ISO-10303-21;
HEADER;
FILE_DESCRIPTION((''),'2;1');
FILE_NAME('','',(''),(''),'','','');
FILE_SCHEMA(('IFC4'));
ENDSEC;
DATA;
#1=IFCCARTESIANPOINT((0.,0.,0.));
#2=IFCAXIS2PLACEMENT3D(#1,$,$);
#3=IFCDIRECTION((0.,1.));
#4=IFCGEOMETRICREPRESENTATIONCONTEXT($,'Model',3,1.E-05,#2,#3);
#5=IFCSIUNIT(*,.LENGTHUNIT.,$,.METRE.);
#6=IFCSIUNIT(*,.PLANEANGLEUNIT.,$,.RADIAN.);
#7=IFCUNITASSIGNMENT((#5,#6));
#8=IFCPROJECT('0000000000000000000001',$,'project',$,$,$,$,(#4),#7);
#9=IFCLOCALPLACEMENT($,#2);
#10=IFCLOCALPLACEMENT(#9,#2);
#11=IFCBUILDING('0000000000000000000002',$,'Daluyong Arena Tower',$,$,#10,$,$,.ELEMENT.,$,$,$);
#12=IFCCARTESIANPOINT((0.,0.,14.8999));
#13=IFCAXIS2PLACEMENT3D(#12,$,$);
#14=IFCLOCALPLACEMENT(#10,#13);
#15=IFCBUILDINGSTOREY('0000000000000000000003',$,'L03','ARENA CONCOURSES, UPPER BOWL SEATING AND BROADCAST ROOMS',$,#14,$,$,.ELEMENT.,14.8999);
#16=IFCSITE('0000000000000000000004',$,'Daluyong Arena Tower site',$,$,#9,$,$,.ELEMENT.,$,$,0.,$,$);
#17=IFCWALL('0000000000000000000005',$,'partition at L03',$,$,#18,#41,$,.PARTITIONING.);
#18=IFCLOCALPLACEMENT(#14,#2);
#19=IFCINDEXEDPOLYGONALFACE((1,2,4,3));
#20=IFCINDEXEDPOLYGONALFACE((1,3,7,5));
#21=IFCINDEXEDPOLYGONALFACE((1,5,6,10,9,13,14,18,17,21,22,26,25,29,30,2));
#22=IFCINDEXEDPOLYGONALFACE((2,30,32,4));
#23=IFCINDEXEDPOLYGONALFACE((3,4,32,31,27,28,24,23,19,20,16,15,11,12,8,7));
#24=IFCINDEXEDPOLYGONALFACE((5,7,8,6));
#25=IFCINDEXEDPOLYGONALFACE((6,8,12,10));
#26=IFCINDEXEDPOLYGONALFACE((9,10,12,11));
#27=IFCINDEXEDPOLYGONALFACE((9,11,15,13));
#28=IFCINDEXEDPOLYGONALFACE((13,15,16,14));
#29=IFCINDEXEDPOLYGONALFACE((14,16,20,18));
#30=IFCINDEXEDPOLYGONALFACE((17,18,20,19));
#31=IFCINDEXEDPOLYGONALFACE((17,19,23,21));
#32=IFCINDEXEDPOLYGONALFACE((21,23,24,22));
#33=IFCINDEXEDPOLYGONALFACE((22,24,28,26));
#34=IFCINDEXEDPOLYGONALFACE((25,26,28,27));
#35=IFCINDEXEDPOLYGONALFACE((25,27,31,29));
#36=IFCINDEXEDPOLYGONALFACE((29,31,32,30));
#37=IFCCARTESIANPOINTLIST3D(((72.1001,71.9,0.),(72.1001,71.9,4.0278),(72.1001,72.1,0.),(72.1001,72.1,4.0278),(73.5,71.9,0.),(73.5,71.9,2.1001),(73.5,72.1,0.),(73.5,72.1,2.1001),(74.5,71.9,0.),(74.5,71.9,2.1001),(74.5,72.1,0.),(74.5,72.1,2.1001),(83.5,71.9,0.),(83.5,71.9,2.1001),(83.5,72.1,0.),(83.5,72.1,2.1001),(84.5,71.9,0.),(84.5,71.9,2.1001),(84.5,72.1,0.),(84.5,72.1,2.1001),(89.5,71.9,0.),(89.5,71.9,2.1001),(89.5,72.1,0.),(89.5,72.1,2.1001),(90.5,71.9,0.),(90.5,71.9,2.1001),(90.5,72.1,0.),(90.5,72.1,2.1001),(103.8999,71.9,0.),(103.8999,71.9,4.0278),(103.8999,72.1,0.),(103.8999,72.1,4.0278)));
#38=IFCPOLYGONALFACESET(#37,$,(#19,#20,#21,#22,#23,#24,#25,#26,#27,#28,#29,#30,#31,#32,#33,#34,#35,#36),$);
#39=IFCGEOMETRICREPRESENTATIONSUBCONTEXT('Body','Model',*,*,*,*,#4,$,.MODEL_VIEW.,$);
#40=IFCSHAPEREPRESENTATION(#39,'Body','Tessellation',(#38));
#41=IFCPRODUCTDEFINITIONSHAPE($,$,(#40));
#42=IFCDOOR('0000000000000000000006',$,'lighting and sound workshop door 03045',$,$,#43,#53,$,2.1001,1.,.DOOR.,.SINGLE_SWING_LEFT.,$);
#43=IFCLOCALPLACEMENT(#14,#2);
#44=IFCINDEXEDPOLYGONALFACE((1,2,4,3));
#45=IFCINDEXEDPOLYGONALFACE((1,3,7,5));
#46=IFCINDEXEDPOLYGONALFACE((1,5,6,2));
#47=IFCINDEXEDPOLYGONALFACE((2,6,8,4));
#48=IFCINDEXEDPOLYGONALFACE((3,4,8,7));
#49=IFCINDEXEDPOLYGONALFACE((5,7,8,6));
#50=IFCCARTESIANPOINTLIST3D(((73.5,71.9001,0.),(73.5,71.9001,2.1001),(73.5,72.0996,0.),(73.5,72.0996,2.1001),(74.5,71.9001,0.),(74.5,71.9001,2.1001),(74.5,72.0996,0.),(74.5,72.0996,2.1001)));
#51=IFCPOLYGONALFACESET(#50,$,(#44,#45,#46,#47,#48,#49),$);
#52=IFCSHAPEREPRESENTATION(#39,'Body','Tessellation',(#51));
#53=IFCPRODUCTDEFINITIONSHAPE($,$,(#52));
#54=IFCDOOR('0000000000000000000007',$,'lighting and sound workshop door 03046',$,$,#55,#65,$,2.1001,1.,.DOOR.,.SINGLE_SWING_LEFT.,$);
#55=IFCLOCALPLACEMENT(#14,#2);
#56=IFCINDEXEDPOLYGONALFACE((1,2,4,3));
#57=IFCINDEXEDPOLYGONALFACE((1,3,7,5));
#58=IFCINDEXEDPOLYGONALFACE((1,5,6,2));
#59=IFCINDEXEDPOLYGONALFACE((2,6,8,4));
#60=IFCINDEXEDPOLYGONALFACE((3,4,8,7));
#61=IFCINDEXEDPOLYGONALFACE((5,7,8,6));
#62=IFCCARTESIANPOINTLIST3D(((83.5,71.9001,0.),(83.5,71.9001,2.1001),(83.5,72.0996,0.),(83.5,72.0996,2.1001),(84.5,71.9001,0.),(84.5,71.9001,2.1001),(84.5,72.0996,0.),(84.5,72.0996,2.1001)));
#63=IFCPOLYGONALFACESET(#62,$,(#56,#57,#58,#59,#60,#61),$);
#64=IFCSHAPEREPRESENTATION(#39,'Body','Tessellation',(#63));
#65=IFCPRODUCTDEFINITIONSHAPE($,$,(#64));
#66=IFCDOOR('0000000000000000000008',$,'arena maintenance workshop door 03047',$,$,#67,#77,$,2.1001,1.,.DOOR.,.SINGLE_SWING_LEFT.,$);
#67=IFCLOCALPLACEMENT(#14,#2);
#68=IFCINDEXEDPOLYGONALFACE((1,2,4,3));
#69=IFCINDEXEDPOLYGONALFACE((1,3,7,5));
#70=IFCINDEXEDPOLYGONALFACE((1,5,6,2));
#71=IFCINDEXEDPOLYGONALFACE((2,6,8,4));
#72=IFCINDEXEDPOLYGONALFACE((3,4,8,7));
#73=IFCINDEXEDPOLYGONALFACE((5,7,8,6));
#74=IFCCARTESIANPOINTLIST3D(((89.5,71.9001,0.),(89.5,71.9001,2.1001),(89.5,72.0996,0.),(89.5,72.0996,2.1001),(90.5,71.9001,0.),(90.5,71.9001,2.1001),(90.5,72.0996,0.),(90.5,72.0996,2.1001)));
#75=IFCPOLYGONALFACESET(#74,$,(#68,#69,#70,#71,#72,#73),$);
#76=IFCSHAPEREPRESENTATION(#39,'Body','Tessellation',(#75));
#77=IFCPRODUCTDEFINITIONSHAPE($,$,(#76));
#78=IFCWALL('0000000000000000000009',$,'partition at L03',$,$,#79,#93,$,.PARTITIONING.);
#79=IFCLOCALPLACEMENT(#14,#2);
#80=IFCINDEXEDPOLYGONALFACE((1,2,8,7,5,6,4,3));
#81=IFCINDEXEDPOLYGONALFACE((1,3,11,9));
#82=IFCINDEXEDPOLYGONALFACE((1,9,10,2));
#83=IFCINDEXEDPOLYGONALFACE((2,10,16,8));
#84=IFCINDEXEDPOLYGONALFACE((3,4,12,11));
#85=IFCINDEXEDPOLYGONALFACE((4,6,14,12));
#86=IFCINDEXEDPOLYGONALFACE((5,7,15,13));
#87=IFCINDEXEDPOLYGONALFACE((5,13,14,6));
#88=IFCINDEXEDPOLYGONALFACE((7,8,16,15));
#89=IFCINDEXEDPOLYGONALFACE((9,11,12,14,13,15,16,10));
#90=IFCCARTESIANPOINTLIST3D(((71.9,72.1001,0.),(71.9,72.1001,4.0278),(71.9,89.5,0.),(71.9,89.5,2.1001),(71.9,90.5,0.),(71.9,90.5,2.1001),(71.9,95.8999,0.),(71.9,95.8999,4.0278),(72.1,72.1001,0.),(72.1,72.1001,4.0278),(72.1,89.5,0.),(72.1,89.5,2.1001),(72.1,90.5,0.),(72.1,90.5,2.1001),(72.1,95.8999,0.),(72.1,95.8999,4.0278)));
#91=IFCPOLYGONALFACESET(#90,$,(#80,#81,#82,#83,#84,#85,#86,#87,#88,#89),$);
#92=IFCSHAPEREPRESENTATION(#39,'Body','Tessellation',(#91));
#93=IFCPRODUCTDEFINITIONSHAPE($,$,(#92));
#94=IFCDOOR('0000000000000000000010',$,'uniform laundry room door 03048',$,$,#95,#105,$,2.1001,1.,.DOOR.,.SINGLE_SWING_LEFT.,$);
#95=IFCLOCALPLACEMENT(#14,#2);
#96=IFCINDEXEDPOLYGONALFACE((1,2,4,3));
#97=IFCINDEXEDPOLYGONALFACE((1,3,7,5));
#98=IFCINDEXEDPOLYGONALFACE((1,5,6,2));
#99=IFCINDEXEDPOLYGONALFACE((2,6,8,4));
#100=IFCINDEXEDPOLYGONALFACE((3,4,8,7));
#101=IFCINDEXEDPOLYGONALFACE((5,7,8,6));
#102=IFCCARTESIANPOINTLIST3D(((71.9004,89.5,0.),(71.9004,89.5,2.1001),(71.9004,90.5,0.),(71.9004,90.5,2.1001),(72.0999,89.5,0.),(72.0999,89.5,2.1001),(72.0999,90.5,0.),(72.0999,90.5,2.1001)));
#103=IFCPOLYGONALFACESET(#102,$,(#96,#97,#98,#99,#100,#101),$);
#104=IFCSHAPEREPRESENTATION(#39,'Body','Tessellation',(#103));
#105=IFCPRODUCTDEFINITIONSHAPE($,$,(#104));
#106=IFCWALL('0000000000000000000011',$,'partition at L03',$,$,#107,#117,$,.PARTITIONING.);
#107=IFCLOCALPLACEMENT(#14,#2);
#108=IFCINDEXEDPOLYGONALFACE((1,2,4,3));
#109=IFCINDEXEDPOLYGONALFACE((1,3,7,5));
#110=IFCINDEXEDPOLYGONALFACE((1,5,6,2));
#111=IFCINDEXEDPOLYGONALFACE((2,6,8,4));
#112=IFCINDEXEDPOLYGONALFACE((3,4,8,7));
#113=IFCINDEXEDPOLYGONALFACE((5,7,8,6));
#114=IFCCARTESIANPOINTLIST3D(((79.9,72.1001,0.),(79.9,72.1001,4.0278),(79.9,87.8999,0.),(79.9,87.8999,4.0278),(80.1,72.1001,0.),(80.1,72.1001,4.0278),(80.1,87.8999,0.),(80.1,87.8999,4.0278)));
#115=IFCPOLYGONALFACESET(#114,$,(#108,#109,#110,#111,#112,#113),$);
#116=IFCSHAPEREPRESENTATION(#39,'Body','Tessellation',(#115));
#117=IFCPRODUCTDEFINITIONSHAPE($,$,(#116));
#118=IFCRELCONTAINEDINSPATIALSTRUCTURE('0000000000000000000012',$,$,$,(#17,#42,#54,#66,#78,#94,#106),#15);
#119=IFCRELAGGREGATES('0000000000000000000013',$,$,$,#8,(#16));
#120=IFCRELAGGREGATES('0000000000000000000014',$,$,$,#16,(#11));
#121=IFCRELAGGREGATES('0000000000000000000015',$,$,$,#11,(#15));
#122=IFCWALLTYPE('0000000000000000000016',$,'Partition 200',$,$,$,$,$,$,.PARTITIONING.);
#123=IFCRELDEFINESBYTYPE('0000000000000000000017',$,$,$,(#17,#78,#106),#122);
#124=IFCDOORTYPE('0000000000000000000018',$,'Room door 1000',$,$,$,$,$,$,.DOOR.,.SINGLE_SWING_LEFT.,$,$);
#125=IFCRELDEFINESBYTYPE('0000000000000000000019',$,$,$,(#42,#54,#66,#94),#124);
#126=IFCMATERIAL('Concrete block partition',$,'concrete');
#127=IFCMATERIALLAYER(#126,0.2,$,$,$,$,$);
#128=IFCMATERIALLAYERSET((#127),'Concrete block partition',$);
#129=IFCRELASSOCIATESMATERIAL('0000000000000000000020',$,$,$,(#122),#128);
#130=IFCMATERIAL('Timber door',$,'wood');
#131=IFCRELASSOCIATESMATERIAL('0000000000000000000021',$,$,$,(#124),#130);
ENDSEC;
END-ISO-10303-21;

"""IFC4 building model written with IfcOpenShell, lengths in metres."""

from ifc_helpers import new_model, si_unit, direction, frame, frame_2d, origin, place, context, subcontext, project, spatial, rectangle, extrude, material, layer, layer_set, type_object, element, fill, save


model = new_model("IFC4")

# Units and contexts
model_context = context("Model", 3, precision=1e-05, world=origin(), true_north=direction((0.0, 1.0)))
body_context = subcontext(model_context, "Body", "Model", "MODEL_VIEW")
ifc_project = project(units=[si_unit("LENGTHUNIT", "METRE"), si_unit("PLANEANGLEUNIT", "RADIAN")], contexts=[model_context])

# Site, building, storey
site_placement = place(None, origin())
site = spatial("IfcSite", under=ifc_project, at=site_placement, Name="Daluyong Arena Tower site", CompositionType="ELEMENT", RefElevation=0.0)
building_placement = place(site_placement, origin())
building = spatial("IfcBuilding", under=site, at=building_placement, Name="Daluyong Arena Tower", CompositionType="ELEMENT")
storey_placement = place(building_placement, frame((0.0, 0.0, 14.8999)))
storey = spatial("IfcBuildingStorey", under=building, at=storey_placement, Name="L03", Description="ARENA CONCOURSES, UPPER BOWL SEATING AND BROADCAST ROOMS", CompositionType="ELEMENT", Elevation=14.8999)

# Wall, openings, doors
ifc_material_1 = material(Name="Concrete block partition", Category="concrete")
ifc_layer_1 = layer(ifc_material_1, 0.2)
ifc_layer_set_1 = layer_set([ifc_layer_1], Name="Concrete block partition")
wall_type_1 = type_object("IfcWallType", Name="Partition 200", PredefinedType="PARTITIONING", material=ifc_layer_set_1)
wall_1_placement = place(storey_placement, frame((72.1001, 72.0, 0.0), z_axis=(0.0, 0.0, 1.0), x_axis=(1.0, 0.0, 0.0)))
wall_1 = element("IfcWall", 1, at=wall_1_placement, inside=storey, type_object=wall_type_1, Name="partition at L03", PredefinedType="PARTITIONING", context=body_context, shape_type="SweptSolid", body=[
    extrude(rectangle(XDim=31.7998, YDim=0.2, at=frame_2d((15.8999, 0.0))), origin(), (0.0, 0.0, 1.0), 4.0278),
])
opening_1_placement = place(wall_1_placement, frame((1.3999, 0.0, 0.0)))
opening_1 = element("IfcOpeningElement", 2, at=opening_1_placement, cuts=wall_1, PredefinedType="OPENING", context=body_context, shape_type="SweptSolid", body=[
    extrude(rectangle(XDim=1.0, YDim=2.1001, at=frame_2d((0.5, 1.05))), frame((0.0, 0.1099, 0.0), z_axis=(0.0, -1.0, 0.0), x_axis=(1.0, 0.0, 0.0)), (0.0, 0.0, 1.0), 0.22),
])
opening_2_placement = place(wall_1_placement, frame((11.3999, 0.0, 0.0)))
opening_2 = element("IfcOpeningElement", 3, at=opening_2_placement, cuts=wall_1, PredefinedType="OPENING", context=body_context, shape_type="SweptSolid", body=[
    extrude(rectangle(XDim=1.0, YDim=2.1001, at=frame_2d((0.5, 1.05))), frame((0.0, 0.1099, 0.0), z_axis=(0.0, -1.0, 0.0), x_axis=(1.0, 0.0, 0.0)), (0.0, 0.0, 1.0), 0.22),
])
opening_3_placement = place(wall_1_placement, frame((17.3999, 0.0, 0.0)))
opening_3 = element("IfcOpeningElement", 4, at=opening_3_placement, cuts=wall_1, PredefinedType="OPENING", context=body_context, shape_type="SweptSolid", body=[
    extrude(rectangle(XDim=1.0, YDim=2.1001, at=frame_2d((0.5, 1.05))), frame((0.0, 0.1099, 0.0), z_axis=(0.0, -1.0, 0.0), x_axis=(1.0, 0.0, 0.0)), (0.0, 0.0, 1.0), 0.22),
])
ifc_material_2 = material(Name="Timber door", Category="wood")
door_type_1 = type_object("IfcDoorType", Name="Room door 1000", OperationType="SINGLE_SWING_LEFT", PredefinedType="DOOR", material=ifc_material_2)
door_1_placement = place(opening_1_placement, origin())
door_1 = element("IfcDoor", 5, at=door_1_placement, inside=storey, type_object=door_type_1, Name="lighting and sound workshop door 03045", OperationType="SINGLE_SWING_LEFT", OverallHeight=2.1001, OverallWidth=1.0, PredefinedType="DOOR", context=body_context, shape_type="SweptSolid", body=[
    extrude(rectangle(XDim=1.0, YDim=2.1001, at=frame_2d((0.5, 1.05))), frame((0.0, 0.0996, 0.0), z_axis=(0.0, -1.0, 0.0), x_axis=(1.0, 0.0, 0.0)), (0.0, 0.0, 1.0), 0.1995),
])
fill(opening_1, door_1)
door_2_placement = place(opening_2_placement, origin())
door_2 = element("IfcDoor", 6, at=door_2_placement, inside=storey, type_object=door_type_1, Name="lighting and sound workshop door 03046", OperationType="SINGLE_SWING_LEFT", OverallHeight=2.1001, OverallWidth=1.0, PredefinedType="DOOR", context=body_context, shape_type="SweptSolid", body=[
    extrude(rectangle(XDim=1.0, YDim=2.1001, at=frame_2d((0.5, 1.05))), frame((0.0, 0.0996, 0.0), z_axis=(0.0, -1.0, 0.0), x_axis=(1.0, 0.0, 0.0)), (0.0, 0.0, 1.0), 0.1995),
])
fill(opening_2, door_2)
door_3_placement = place(opening_3_placement, origin())
door_3 = element("IfcDoor", 7, at=door_3_placement, inside=storey, type_object=door_type_1, Name="arena maintenance workshop door 03047", OperationType="SINGLE_SWING_LEFT", OverallHeight=2.1001, OverallWidth=1.0, PredefinedType="DOOR", context=body_context, shape_type="SweptSolid", body=[
    extrude(rectangle(XDim=1.0, YDim=2.1001, at=frame_2d((0.5, 1.05))), frame((0.0, 0.0996, 0.0), z_axis=(0.0, -1.0, 0.0), x_axis=(1.0, 0.0, 0.0)), (0.0, 0.0, 1.0), 0.1995),
])
fill(opening_3, door_3)

# Wall, opening, door
wall_2_placement = place(storey_placement, frame((72.0, 72.1001, 0.0), z_axis=(0.0, 0.0, 1.0), x_axis=(0.0, 1.0, 0.0)))
wall_2 = element("IfcWall", 8, at=wall_2_placement, inside=storey, type_object=wall_type_1, Name="partition at L03", PredefinedType="PARTITIONING", context=body_context, shape_type="SweptSolid", body=[
    extrude(rectangle(XDim=23.7998, YDim=0.2, at=frame_2d((11.8999, 0.0))), origin(), (0.0, 0.0, 1.0), 4.0278),
])
opening_4_placement = place(wall_2_placement, frame((17.3999, 0.0, 0.0)))
opening_4 = element("IfcOpeningElement", 9, at=opening_4_placement, cuts=wall_2, PredefinedType="OPENING", context=body_context, shape_type="SweptSolid", body=[
    extrude(rectangle(XDim=1.0, YDim=2.1001, at=frame_2d((0.5, 1.05))), frame((0.0, 0.1099, 0.0), z_axis=(0.0, -1.0, 0.0), x_axis=(1.0, 0.0, 0.0)), (0.0, 0.0, 1.0), 0.22),
])
door_4_placement = place(opening_4_placement, origin())
door_4 = element("IfcDoor", 10, at=door_4_placement, inside=storey, type_object=door_type_1, Name="uniform laundry room door 03048", OperationType="SINGLE_SWING_LEFT", OverallHeight=2.1001, OverallWidth=1.0, PredefinedType="DOOR", context=body_context, shape_type="SweptSolid", body=[
    extrude(rectangle(XDim=1.0, YDim=2.1001, at=frame_2d((0.5, 1.05))), frame((0.0, 0.0996, 0.0), z_axis=(0.0, -1.0, 0.0), x_axis=(1.0, 0.0, 0.0)), (0.0, 0.0, 1.0), 0.1995),
])
fill(opening_4, door_4)

# Wall
wall_3_placement = place(storey_placement, frame((80.0, 72.1001, 0.0), z_axis=(0.0, 0.0, 1.0), x_axis=(0.0, 1.0, 0.0)))
element("IfcWall", 11, at=wall_3_placement, inside=storey, type_object=wall_type_1, Name="partition at L03", PredefinedType="PARTITIONING", context=body_context, shape_type="SweptSolid", body=[
    extrude(rectangle(XDim=15.7998, YDim=0.2, at=frame_2d((7.8999, 0.0))), origin(), (0.0, 0.0, 1.0), 4.0278),
])

save(model, "model.ifc")
